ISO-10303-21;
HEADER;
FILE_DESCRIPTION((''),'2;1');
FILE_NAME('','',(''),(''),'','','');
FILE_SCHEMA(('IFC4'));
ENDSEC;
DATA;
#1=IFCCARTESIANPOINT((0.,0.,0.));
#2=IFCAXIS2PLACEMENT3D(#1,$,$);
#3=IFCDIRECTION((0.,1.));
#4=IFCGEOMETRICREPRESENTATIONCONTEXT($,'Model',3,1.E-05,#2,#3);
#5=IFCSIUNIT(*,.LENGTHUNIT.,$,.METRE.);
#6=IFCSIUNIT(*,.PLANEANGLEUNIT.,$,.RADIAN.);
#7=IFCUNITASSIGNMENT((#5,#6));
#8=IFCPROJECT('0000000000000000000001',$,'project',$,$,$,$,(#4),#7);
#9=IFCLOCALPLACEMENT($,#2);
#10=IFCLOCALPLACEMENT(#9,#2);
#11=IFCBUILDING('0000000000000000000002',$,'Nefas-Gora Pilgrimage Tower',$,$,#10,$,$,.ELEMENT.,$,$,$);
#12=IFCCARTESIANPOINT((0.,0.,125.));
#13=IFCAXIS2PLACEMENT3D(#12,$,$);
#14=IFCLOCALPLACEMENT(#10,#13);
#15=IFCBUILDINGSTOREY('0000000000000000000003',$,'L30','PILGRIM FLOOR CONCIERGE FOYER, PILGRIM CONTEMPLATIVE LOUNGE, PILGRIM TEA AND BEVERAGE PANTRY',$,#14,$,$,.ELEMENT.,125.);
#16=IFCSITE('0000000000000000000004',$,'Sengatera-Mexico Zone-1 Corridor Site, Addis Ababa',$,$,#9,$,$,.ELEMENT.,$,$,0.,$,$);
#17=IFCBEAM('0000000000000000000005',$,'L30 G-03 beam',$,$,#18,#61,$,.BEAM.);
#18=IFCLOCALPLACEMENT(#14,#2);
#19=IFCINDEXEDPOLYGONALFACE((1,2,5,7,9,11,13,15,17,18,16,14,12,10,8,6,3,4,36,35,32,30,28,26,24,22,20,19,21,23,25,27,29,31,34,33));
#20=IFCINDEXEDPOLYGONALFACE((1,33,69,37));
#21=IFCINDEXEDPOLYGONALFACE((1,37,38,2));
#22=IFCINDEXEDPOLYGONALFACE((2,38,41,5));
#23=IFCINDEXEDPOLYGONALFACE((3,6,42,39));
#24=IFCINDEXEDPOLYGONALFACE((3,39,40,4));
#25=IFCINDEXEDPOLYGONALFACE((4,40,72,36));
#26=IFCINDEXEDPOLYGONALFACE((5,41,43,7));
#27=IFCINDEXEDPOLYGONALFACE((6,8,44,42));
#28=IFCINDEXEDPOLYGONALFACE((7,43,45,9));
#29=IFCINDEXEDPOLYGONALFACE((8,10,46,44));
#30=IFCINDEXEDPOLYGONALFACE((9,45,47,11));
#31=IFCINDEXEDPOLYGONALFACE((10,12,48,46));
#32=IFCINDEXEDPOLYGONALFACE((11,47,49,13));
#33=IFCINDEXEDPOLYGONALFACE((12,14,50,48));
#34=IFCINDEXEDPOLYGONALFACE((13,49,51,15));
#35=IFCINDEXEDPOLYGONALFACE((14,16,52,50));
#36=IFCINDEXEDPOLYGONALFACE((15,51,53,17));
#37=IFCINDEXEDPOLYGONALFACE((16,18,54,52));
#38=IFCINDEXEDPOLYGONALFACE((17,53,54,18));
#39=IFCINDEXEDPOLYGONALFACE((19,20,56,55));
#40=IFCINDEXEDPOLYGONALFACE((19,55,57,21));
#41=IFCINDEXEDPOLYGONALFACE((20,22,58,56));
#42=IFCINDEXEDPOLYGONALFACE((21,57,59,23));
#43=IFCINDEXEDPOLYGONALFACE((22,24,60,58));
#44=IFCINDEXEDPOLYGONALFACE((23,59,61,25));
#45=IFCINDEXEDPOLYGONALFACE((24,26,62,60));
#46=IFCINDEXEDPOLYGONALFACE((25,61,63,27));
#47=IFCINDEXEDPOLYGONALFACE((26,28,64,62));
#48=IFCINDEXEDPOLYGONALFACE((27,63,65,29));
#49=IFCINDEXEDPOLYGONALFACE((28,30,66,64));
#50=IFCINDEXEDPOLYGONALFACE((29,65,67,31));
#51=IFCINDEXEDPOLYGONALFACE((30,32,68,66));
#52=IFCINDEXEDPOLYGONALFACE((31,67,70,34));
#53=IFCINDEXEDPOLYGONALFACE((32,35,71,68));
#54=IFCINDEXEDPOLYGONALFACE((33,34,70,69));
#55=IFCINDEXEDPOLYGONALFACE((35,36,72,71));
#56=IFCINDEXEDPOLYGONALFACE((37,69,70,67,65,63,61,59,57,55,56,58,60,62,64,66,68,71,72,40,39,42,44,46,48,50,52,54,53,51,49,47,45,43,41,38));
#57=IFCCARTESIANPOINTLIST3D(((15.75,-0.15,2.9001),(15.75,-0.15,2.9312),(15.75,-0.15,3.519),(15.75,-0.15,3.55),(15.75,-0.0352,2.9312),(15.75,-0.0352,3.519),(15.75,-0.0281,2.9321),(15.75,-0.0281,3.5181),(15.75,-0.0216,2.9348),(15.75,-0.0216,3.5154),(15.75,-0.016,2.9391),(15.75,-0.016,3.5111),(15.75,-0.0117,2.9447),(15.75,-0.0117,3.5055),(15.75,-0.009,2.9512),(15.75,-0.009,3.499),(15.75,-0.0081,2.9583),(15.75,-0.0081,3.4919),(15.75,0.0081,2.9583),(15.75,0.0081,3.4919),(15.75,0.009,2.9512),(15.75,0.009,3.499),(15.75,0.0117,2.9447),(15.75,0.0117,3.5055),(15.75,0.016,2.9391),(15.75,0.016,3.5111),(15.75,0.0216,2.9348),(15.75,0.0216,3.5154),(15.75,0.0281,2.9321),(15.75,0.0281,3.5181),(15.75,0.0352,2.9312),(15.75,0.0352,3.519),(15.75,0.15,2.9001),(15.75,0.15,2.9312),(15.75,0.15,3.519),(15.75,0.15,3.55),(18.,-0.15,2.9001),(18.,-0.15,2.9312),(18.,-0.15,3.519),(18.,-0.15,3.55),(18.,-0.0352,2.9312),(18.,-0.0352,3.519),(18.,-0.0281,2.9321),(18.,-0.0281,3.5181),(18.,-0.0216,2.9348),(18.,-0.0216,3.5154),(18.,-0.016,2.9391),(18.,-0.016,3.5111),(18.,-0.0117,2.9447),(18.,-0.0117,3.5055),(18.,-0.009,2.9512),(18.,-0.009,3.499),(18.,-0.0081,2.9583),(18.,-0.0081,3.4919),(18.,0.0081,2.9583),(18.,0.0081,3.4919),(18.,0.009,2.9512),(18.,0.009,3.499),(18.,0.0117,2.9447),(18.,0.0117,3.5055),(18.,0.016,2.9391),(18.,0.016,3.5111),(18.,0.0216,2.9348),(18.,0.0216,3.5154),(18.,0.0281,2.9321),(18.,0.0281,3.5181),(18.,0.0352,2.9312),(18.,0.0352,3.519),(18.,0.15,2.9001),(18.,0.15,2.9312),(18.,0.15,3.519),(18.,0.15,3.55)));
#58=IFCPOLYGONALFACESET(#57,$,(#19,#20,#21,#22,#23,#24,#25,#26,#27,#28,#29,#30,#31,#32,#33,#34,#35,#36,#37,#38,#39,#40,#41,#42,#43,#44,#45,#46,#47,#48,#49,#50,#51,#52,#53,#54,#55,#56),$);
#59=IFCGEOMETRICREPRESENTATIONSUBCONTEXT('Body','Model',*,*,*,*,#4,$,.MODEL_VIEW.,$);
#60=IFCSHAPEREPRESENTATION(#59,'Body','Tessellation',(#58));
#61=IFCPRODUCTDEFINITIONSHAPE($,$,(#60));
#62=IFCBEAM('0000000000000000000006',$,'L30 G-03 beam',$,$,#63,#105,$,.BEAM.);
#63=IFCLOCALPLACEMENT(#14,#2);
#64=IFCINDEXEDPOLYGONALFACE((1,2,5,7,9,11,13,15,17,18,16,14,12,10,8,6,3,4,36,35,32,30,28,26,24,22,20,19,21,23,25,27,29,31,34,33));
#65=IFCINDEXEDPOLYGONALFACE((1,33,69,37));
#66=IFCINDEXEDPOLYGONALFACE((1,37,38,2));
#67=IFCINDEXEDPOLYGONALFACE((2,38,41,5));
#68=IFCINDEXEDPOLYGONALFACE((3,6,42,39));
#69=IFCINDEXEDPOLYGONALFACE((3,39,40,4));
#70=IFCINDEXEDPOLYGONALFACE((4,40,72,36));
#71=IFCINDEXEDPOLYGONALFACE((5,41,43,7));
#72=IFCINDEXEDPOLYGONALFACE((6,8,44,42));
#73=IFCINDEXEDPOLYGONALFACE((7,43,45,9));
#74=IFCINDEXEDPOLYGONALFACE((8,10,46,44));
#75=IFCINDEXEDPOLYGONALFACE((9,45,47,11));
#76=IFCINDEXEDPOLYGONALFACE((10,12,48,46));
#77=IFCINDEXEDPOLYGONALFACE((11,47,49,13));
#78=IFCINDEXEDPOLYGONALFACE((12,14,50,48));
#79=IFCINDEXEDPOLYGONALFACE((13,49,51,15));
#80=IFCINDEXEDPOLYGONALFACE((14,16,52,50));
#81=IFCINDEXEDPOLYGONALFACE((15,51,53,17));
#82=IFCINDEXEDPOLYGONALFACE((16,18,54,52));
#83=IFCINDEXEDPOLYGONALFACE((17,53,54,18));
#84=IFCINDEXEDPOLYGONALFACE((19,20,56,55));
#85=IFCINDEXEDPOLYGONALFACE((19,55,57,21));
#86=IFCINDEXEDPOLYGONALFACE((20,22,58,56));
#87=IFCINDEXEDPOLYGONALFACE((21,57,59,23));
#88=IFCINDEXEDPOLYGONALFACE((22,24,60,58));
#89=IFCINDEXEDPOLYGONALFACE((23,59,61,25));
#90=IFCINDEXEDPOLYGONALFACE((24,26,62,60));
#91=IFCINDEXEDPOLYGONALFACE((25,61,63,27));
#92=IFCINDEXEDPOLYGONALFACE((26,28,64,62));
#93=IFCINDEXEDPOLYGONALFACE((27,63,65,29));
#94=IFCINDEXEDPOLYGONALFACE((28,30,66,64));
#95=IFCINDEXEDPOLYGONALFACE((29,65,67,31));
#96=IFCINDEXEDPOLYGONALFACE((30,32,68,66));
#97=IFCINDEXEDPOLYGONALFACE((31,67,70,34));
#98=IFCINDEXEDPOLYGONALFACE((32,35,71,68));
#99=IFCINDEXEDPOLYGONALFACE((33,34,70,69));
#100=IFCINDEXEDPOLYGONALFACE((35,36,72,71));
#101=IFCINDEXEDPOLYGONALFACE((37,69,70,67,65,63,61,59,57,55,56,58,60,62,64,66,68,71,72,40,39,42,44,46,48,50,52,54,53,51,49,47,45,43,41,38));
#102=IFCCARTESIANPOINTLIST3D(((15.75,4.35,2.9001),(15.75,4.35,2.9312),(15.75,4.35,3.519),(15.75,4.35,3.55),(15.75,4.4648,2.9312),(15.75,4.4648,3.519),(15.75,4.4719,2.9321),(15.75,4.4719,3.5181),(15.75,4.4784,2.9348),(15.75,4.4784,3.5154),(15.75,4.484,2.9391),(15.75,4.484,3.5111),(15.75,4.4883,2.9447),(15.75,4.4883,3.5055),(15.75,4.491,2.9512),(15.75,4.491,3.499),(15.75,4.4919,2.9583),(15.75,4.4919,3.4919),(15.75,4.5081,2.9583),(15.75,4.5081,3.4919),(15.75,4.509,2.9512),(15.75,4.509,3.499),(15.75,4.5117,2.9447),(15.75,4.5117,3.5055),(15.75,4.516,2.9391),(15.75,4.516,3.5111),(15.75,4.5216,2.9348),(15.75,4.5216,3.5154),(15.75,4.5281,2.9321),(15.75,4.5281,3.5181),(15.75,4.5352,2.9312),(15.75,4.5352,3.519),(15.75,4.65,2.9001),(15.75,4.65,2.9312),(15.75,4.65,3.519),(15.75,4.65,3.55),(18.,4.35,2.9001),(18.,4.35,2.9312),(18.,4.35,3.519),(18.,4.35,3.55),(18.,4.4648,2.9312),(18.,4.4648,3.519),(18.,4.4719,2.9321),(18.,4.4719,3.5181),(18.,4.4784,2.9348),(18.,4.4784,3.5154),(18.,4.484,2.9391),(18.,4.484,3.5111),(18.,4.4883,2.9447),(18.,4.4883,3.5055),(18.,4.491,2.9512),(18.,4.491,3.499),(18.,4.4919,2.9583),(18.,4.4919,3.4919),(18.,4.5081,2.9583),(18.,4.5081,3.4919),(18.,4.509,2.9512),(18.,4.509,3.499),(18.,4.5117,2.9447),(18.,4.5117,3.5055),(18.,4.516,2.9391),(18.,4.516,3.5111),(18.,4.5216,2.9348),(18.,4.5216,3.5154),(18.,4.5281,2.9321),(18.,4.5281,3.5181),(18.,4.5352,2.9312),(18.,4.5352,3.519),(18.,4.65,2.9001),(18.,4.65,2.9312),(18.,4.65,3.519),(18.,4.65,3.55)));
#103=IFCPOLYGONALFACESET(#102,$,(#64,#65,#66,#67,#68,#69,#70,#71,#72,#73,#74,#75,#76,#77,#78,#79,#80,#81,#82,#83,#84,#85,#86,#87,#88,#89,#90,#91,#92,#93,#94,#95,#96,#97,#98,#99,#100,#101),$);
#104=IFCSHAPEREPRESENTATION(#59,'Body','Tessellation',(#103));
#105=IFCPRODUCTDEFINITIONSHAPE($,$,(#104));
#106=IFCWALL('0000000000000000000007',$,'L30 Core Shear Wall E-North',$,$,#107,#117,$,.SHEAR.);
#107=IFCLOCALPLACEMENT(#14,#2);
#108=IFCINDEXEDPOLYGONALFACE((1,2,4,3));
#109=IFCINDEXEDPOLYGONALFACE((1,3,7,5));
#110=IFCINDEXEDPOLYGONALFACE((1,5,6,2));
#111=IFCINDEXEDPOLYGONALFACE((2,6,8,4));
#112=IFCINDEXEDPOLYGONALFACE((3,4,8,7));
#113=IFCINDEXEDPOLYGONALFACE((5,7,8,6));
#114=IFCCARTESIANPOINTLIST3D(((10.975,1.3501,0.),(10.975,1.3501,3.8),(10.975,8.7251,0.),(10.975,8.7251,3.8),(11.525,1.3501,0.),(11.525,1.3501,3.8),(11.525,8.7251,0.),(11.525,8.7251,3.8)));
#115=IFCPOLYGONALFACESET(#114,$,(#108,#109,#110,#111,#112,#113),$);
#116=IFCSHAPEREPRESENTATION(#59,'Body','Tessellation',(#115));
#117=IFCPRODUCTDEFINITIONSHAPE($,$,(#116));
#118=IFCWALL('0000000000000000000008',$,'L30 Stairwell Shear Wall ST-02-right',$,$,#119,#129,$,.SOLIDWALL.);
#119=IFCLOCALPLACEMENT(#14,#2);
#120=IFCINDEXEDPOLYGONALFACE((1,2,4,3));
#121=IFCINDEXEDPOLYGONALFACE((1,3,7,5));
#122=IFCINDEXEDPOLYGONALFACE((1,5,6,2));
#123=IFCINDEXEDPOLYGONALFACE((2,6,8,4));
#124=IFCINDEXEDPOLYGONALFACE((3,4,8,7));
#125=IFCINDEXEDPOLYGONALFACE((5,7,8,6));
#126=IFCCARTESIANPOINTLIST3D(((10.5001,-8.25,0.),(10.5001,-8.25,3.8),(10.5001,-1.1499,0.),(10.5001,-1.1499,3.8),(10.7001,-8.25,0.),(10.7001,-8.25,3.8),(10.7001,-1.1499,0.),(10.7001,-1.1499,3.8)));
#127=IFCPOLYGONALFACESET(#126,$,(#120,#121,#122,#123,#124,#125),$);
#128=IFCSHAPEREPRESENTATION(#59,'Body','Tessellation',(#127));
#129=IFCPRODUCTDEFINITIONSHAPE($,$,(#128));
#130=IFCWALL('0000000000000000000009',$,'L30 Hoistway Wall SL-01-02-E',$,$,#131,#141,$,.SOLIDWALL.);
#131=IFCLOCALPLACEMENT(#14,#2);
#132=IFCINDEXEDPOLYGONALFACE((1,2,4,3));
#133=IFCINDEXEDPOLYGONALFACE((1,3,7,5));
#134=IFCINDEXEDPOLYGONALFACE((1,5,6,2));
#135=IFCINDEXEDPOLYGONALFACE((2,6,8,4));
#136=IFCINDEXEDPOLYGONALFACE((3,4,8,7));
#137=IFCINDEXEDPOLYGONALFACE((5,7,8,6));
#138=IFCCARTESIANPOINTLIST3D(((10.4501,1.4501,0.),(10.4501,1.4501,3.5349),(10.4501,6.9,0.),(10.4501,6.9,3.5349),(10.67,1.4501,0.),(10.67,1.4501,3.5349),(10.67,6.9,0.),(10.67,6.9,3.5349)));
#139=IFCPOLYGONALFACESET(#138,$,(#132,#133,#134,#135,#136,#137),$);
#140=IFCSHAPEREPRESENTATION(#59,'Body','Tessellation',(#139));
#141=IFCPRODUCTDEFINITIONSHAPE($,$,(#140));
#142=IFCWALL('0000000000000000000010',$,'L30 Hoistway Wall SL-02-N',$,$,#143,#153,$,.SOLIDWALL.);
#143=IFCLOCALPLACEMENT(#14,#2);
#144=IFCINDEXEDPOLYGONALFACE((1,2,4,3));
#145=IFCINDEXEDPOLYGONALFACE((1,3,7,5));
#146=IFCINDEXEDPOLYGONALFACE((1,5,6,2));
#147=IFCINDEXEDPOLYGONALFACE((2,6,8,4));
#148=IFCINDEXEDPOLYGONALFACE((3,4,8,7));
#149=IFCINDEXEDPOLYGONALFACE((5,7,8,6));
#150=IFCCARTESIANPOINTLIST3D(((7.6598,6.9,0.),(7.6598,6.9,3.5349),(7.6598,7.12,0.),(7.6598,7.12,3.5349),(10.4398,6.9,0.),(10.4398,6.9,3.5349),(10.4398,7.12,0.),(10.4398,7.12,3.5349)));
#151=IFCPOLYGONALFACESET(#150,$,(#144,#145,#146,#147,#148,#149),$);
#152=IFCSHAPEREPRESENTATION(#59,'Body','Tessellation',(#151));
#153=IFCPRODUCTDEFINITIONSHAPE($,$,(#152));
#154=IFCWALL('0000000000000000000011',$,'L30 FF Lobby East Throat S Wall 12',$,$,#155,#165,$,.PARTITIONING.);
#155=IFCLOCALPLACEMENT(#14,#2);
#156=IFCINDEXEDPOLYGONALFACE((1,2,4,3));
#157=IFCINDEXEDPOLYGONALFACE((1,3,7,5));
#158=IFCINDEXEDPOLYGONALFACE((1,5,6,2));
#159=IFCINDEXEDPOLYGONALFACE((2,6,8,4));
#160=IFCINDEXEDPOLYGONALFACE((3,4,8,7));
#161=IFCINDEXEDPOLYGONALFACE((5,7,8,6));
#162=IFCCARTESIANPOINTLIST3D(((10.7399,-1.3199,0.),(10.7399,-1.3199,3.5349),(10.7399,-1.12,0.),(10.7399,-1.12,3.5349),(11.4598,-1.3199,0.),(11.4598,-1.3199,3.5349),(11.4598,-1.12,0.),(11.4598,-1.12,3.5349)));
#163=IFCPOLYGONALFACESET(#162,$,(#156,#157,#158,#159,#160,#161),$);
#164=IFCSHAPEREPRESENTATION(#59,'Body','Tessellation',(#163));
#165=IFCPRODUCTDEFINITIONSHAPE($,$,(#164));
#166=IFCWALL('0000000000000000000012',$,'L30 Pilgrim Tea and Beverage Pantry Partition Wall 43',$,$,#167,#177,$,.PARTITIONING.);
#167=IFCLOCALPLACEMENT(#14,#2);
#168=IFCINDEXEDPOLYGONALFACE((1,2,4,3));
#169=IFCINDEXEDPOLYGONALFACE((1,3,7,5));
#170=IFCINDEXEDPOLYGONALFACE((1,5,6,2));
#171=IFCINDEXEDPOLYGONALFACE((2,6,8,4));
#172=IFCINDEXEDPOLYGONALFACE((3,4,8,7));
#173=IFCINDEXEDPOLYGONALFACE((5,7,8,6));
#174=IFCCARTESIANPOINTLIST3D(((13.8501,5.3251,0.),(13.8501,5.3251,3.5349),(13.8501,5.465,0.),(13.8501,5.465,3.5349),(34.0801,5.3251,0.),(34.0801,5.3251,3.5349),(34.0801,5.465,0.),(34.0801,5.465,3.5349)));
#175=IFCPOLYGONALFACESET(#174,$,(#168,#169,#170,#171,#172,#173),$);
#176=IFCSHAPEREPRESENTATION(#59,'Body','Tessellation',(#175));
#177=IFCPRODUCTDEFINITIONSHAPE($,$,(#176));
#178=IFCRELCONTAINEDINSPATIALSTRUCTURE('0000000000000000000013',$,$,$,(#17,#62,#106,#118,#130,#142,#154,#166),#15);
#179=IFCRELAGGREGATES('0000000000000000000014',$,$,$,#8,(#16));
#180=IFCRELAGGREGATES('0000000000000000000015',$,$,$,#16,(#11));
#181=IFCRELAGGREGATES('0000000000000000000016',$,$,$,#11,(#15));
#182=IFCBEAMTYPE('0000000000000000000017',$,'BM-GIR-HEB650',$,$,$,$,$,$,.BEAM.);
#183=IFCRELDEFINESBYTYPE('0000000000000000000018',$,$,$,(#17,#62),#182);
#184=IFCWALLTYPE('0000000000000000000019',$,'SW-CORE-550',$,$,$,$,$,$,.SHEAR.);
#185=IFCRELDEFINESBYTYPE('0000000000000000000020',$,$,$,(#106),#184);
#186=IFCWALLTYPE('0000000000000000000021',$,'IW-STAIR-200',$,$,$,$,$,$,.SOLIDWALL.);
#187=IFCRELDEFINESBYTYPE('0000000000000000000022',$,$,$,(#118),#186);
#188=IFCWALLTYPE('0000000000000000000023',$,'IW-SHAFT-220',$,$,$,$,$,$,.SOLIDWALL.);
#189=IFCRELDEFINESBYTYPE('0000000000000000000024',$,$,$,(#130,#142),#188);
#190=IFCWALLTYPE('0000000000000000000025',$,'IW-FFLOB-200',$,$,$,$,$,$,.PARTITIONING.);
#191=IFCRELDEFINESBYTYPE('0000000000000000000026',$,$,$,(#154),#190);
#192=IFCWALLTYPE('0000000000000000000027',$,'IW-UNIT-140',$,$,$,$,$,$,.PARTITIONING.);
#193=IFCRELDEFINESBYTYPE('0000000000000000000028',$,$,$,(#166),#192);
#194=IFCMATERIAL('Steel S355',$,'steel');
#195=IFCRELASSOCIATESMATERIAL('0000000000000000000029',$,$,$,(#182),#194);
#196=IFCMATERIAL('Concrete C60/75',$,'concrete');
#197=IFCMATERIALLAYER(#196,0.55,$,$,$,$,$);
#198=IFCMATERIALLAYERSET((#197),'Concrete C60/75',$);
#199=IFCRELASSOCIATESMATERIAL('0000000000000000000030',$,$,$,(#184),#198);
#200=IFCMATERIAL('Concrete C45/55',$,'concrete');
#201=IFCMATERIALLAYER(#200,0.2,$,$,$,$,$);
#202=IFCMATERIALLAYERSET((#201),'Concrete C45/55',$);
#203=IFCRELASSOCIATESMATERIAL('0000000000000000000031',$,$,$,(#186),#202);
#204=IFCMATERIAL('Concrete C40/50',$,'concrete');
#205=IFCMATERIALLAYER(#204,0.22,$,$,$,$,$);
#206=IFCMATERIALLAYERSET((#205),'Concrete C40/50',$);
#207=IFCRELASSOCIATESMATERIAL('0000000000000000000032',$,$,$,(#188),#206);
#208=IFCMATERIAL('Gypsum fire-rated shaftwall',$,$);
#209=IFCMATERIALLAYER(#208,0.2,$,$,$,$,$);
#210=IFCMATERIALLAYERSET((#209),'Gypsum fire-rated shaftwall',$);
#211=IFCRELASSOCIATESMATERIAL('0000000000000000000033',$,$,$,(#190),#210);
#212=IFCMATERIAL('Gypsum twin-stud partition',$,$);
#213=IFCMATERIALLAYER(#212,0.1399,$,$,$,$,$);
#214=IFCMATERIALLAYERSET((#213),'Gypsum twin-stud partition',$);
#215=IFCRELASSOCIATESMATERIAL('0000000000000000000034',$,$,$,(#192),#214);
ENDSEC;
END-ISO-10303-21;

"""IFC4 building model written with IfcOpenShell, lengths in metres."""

from ifc_helpers import new_model, si_unit, direction, frame, frame_2d, origin, origin_2d, place, context, subcontext, project, spatial, rectangle, i_section, extrude, source, transform, mapped, material, layer, layer_set, material_profile, profile_set, type_object, element, save


model = new_model("IFC4")

# Units and contexts
model_context = context("Model", 3, precision=1e-05, world=origin(), true_north=direction((0.0, 1.0)))
body_context = subcontext(model_context, "Body", "Model", "MODEL_VIEW")
ifc_project = project(units=[si_unit("LENGTHUNIT", "METRE"), si_unit("PLANEANGLEUNIT", "RADIAN")], contexts=[model_context])

# Site, building, storey
site_placement = place(None, origin())
site = spatial("IfcSite", under=ifc_project, at=site_placement, Name="Sengatera-Mexico Zone-1 Corridor Site, Addis Ababa", CompositionType="ELEMENT", RefElevation=0.0)
building_placement = place(site_placement, origin())
building = spatial("IfcBuilding", under=site, at=building_placement, Name="Nefas-Gora Pilgrimage Tower", CompositionType="ELEMENT")
storey_placement = place(building_placement, frame((0.0, 0.0, 125.0)))
storey = spatial("IfcBuildingStorey", under=building, at=storey_placement, Name="L30", Description="PILGRIM FLOOR CONCIERGE FOYER, PILGRIM CONTEMPLATIVE LOUNGE, PILGRIM TEA AND BEVERAGE PANTRY", CompositionType="ELEMENT", Elevation=125.0)

# Beams
ifc_material_1 = material(Name="Steel S355", Category="steel")
ifc_material_profile_1 = material_profile(ifc_material_1, i_section(OverallWidth=0.3, OverallDepth=0.6499, WebThickness=0.0161, FlangeThickness=0.031, FilletRadius=0.0271, at=origin_2d()), Name="HEB 650")
ifc_profile_set_1 = profile_set([ifc_material_profile_1], Name="Steel S355")
beam_type = type_object("IfcBeamType", Name="BM-GIR-HEB650", PredefinedType="BEAM", material=ifc_profile_set_1)
shared_shape_1 = source(origin(), body_context, "Body", "SweptSolid", [
    extrude(i_section(OverallWidth=0.3, OverallDepth=0.6499, WebThickness=0.0161, FlangeThickness=0.031, FilletRadius=0.0271, at=origin_2d()), origin(), (0.0, 0.0, 1.0), 2.25),
])
for number, where, z_axis, x_axis, name in (
    (1, (15.75, 0.0, 3.2251), (1.0, 0.0, 0.0), (0.0, 1.0, 0.0), "L30 G-03 beam"),
    (2, (15.75, 4.5, 3.2251), (1.0, 0.0, 0.0), (0.0, 1.0, 0.0), "L30 G-03 beam"),
):
    element("IfcBeam", number, at=place(storey_placement, frame(where, z_axis=z_axis, x_axis=x_axis)), inside=storey, type_object=beam_type, Name=name, PredefinedType="BEAM", context=body_context, shape_type="MappedRepresentation", body=[
        mapped(shared_shape_1, transform((0.0, 0.0, 0.0), x_axis=(1.0, 0.0, 0.0), y_axis=(0.0, 1.0, 0.0), z_axis=(0.0, 0.0, 1.0), scale=1.0)),
    ])

# Walls
ifc_material_2 = material(Name="Concrete C60/75", Category="concrete")
ifc_layer_1 = layer(ifc_material_2, 0.55)
ifc_layer_set_1 = layer_set([ifc_layer_1], Name="Concrete C60/75")
wall_type_1 = type_object("IfcWallType", Name="SW-CORE-550", PredefinedType="SHEAR", material=ifc_layer_set_1)
shared_shape_2 = source(origin(), body_context, "Body", "SweptSolid", [
    extrude(rectangle(XDim=7.375, YDim=0.55, at=frame_2d((3.6875, 0.0))), origin(), (0.0, 0.0, 1.0), 3.8),
])
wall_1_placement = place(storey_placement, frame((11.25, 1.3501, 0.0), z_axis=(0.0, 0.0, 1.0), x_axis=(0.0, 1.0, 0.0)))
element("IfcWall", 3, at=wall_1_placement, inside=storey, type_object=wall_type_1, Name="L30 Core Shear Wall E-North", PredefinedType="SHEAR", context=body_context, shape_type="MappedRepresentation", body=[
    mapped(shared_shape_2, transform((0.0, 0.0, 0.0), x_axis=(1.0, 0.0, 0.0), y_axis=(0.0, 1.0, 0.0), z_axis=(0.0, 0.0, 1.0), scale=1.0)),
])
ifc_material_3 = material(Name="Concrete C45/55", Category="concrete")
ifc_layer_2 = layer(ifc_material_3, 0.2)
ifc_layer_set_2 = layer_set([ifc_layer_2], Name="Concrete C45/55")
wall_type_2 = type_object("IfcWallType", Name="IW-STAIR-200", PredefinedType="SOLIDWALL", material=ifc_layer_set_2)
shared_shape_3 = source(origin(), body_context, "Body", "SweptSolid", [
    extrude(rectangle(XDim=7.1001, YDim=0.2, at=frame_2d((3.55, 0.0))), origin(), (0.0, 0.0, 1.0), 3.8),
])
wall_2_placement = place(storey_placement, frame((10.6001, -1.1499, 0.0), z_axis=(0.0, 0.0, 1.0), x_axis=(0.0, -1.0, 0.0)))
element("IfcWall", 4, at=wall_2_placement, inside=storey, type_object=wall_type_2, Name="L30 Stairwell Shear Wall ST-02-right", PredefinedType="SOLIDWALL", context=body_context, shape_type="MappedRepresentation", body=[
    mapped(shared_shape_3, transform((0.0, 0.0, 0.0), x_axis=(1.0, 0.0, 0.0), y_axis=(0.0, 1.0, 0.0), z_axis=(0.0, 0.0, 1.0), scale=1.0)),
])
ifc_material_4 = material(Name="Concrete C40/50", Category="concrete")
ifc_layer_3 = layer(ifc_material_4, 0.22)
ifc_layer_set_3 = layer_set([ifc_layer_3], Name="Concrete C40/50")
wall_type_3 = type_object("IfcWallType", Name="IW-SHAFT-220", PredefinedType="SOLIDWALL", material=ifc_layer_set_3)
shared_shape_4 = source(origin(), body_context, "Body", "SweptSolid", [
    extrude(rectangle(XDim=5.45, YDim=0.22, at=frame_2d((2.7251, 0.0))), origin(), (0.0, 0.0, 1.0), 3.5349),
])
wall_3_placement = place(storey_placement, frame((10.5601, 1.45, 0.0), z_axis=(0.0, 0.0, 1.0), x_axis=(0.0, 1.0, 0.0)))
element("IfcWall", 5, at=wall_3_placement, inside=storey, type_object=wall_type_3, Name="L30 Hoistway Wall SL-01-02-E", PredefinedType="SOLIDWALL", context=body_context, shape_type="MappedRepresentation", body=[
    mapped(shared_shape_4, transform((0.0, 0.0, 0.0), x_axis=(1.0, 0.0, 0.0), y_axis=(0.0, 1.0, 0.0), z_axis=(0.0, 0.0, 1.0), scale=1.0)),
])
shared_shape_5 = source(origin(), body_context, "Body", "SweptSolid", [
    extrude(rectangle(XDim=2.78, YDim=0.22, at=frame_2d((1.3901, 0.0))), origin(), (0.0, 0.0, 1.0), 3.5349),
])
wall_4_placement = place(storey_placement, frame((10.4399, 7.01, 0.0), z_axis=(0.0, 0.0, 1.0), x_axis=(-1.0, 0.0, 0.0)))
element("IfcWall", 6, at=wall_4_placement, inside=storey, type_object=wall_type_3, Name="L30 Hoistway Wall SL-02-N", PredefinedType="SOLIDWALL", context=body_context, shape_type="MappedRepresentation", body=[
    mapped(shared_shape_5, transform((0.0, 0.0, 0.0), x_axis=(1.0, 0.0, 0.0), y_axis=(0.0, 1.0, 0.0), z_axis=(0.0, 0.0, 1.0), scale=1.0)),
])
ifc_material_5 = material(Name="Gypsum fire-rated shaftwall")
ifc_layer_4 = layer(ifc_material_5, 0.2)
ifc_layer_set_4 = layer_set([ifc_layer_4], Name="Gypsum fire-rated shaftwall")
wall_type_4 = type_object("IfcWallType", Name="IW-FFLOB-200", PredefinedType="PARTITIONING", material=ifc_layer_set_4)
shared_shape_6 = source(origin(), body_context, "Body", "SweptSolid", [
    extrude(rectangle(XDim=0.72, YDim=0.2, at=frame_2d((0.3599, 0.0))), origin(), (0.0, 0.0, 1.0), 3.5349),
])
wall_5_placement = place(storey_placement, frame((10.74, -1.22, 0.0), z_axis=(0.0, 0.0, 1.0), x_axis=(1.0, 0.0, 0.0)))
element("IfcWall", 7, at=wall_5_placement, inside=storey, type_object=wall_type_4, Name="L30 FF Lobby East Throat S Wall 12", PredefinedType="PARTITIONING", context=body_context, shape_type="MappedRepresentation", body=[
    mapped(shared_shape_6, transform((0.0, 0.0, 0.0), x_axis=(1.0, 0.0, 0.0), y_axis=(0.0, 1.0, 0.0), z_axis=(0.0, 0.0, 1.0), scale=1.0)),
])
ifc_material_6 = material(Name="Gypsum twin-stud partition")
ifc_layer_5 = layer(ifc_material_6, 0.1399)
ifc_layer_set_5 = layer_set([ifc_layer_5], Name="Gypsum twin-stud partition")
wall_type_5 = type_object("IfcWallType", Name="IW-UNIT-140", PredefinedType="PARTITIONING", material=ifc_layer_set_5)
shared_shape_7 = source(origin(), body_context, "Body", "SweptSolid", [
    extrude(rectangle(XDim=20.23, YDim=0.1399, at=frame_2d((10.115, 0.0))), origin(), (0.0, 0.0, 1.0), 3.5349),
])
wall_6_placement = place(storey_placement, frame((13.8501, 5.395, 0.0), z_axis=(0.0, 0.0, 1.0), x_axis=(1.0, 0.0, 0.0)))
element("IfcWall", 8, at=wall_6_placement, inside=storey, type_object=wall_type_5, Name="L30 Pilgrim Tea and Beverage Pantry Partition Wall 43", PredefinedType="PARTITIONING", context=body_context, shape_type="MappedRepresentation", body=[
    mapped(shared_shape_7, transform((0.0, 0.0, 0.0), x_axis=(1.0, 0.0, 0.0), y_axis=(0.0, 1.0, 0.0), z_axis=(0.0, 0.0, 1.0), scale=1.0)),
])

save(model, "model.ifc")
